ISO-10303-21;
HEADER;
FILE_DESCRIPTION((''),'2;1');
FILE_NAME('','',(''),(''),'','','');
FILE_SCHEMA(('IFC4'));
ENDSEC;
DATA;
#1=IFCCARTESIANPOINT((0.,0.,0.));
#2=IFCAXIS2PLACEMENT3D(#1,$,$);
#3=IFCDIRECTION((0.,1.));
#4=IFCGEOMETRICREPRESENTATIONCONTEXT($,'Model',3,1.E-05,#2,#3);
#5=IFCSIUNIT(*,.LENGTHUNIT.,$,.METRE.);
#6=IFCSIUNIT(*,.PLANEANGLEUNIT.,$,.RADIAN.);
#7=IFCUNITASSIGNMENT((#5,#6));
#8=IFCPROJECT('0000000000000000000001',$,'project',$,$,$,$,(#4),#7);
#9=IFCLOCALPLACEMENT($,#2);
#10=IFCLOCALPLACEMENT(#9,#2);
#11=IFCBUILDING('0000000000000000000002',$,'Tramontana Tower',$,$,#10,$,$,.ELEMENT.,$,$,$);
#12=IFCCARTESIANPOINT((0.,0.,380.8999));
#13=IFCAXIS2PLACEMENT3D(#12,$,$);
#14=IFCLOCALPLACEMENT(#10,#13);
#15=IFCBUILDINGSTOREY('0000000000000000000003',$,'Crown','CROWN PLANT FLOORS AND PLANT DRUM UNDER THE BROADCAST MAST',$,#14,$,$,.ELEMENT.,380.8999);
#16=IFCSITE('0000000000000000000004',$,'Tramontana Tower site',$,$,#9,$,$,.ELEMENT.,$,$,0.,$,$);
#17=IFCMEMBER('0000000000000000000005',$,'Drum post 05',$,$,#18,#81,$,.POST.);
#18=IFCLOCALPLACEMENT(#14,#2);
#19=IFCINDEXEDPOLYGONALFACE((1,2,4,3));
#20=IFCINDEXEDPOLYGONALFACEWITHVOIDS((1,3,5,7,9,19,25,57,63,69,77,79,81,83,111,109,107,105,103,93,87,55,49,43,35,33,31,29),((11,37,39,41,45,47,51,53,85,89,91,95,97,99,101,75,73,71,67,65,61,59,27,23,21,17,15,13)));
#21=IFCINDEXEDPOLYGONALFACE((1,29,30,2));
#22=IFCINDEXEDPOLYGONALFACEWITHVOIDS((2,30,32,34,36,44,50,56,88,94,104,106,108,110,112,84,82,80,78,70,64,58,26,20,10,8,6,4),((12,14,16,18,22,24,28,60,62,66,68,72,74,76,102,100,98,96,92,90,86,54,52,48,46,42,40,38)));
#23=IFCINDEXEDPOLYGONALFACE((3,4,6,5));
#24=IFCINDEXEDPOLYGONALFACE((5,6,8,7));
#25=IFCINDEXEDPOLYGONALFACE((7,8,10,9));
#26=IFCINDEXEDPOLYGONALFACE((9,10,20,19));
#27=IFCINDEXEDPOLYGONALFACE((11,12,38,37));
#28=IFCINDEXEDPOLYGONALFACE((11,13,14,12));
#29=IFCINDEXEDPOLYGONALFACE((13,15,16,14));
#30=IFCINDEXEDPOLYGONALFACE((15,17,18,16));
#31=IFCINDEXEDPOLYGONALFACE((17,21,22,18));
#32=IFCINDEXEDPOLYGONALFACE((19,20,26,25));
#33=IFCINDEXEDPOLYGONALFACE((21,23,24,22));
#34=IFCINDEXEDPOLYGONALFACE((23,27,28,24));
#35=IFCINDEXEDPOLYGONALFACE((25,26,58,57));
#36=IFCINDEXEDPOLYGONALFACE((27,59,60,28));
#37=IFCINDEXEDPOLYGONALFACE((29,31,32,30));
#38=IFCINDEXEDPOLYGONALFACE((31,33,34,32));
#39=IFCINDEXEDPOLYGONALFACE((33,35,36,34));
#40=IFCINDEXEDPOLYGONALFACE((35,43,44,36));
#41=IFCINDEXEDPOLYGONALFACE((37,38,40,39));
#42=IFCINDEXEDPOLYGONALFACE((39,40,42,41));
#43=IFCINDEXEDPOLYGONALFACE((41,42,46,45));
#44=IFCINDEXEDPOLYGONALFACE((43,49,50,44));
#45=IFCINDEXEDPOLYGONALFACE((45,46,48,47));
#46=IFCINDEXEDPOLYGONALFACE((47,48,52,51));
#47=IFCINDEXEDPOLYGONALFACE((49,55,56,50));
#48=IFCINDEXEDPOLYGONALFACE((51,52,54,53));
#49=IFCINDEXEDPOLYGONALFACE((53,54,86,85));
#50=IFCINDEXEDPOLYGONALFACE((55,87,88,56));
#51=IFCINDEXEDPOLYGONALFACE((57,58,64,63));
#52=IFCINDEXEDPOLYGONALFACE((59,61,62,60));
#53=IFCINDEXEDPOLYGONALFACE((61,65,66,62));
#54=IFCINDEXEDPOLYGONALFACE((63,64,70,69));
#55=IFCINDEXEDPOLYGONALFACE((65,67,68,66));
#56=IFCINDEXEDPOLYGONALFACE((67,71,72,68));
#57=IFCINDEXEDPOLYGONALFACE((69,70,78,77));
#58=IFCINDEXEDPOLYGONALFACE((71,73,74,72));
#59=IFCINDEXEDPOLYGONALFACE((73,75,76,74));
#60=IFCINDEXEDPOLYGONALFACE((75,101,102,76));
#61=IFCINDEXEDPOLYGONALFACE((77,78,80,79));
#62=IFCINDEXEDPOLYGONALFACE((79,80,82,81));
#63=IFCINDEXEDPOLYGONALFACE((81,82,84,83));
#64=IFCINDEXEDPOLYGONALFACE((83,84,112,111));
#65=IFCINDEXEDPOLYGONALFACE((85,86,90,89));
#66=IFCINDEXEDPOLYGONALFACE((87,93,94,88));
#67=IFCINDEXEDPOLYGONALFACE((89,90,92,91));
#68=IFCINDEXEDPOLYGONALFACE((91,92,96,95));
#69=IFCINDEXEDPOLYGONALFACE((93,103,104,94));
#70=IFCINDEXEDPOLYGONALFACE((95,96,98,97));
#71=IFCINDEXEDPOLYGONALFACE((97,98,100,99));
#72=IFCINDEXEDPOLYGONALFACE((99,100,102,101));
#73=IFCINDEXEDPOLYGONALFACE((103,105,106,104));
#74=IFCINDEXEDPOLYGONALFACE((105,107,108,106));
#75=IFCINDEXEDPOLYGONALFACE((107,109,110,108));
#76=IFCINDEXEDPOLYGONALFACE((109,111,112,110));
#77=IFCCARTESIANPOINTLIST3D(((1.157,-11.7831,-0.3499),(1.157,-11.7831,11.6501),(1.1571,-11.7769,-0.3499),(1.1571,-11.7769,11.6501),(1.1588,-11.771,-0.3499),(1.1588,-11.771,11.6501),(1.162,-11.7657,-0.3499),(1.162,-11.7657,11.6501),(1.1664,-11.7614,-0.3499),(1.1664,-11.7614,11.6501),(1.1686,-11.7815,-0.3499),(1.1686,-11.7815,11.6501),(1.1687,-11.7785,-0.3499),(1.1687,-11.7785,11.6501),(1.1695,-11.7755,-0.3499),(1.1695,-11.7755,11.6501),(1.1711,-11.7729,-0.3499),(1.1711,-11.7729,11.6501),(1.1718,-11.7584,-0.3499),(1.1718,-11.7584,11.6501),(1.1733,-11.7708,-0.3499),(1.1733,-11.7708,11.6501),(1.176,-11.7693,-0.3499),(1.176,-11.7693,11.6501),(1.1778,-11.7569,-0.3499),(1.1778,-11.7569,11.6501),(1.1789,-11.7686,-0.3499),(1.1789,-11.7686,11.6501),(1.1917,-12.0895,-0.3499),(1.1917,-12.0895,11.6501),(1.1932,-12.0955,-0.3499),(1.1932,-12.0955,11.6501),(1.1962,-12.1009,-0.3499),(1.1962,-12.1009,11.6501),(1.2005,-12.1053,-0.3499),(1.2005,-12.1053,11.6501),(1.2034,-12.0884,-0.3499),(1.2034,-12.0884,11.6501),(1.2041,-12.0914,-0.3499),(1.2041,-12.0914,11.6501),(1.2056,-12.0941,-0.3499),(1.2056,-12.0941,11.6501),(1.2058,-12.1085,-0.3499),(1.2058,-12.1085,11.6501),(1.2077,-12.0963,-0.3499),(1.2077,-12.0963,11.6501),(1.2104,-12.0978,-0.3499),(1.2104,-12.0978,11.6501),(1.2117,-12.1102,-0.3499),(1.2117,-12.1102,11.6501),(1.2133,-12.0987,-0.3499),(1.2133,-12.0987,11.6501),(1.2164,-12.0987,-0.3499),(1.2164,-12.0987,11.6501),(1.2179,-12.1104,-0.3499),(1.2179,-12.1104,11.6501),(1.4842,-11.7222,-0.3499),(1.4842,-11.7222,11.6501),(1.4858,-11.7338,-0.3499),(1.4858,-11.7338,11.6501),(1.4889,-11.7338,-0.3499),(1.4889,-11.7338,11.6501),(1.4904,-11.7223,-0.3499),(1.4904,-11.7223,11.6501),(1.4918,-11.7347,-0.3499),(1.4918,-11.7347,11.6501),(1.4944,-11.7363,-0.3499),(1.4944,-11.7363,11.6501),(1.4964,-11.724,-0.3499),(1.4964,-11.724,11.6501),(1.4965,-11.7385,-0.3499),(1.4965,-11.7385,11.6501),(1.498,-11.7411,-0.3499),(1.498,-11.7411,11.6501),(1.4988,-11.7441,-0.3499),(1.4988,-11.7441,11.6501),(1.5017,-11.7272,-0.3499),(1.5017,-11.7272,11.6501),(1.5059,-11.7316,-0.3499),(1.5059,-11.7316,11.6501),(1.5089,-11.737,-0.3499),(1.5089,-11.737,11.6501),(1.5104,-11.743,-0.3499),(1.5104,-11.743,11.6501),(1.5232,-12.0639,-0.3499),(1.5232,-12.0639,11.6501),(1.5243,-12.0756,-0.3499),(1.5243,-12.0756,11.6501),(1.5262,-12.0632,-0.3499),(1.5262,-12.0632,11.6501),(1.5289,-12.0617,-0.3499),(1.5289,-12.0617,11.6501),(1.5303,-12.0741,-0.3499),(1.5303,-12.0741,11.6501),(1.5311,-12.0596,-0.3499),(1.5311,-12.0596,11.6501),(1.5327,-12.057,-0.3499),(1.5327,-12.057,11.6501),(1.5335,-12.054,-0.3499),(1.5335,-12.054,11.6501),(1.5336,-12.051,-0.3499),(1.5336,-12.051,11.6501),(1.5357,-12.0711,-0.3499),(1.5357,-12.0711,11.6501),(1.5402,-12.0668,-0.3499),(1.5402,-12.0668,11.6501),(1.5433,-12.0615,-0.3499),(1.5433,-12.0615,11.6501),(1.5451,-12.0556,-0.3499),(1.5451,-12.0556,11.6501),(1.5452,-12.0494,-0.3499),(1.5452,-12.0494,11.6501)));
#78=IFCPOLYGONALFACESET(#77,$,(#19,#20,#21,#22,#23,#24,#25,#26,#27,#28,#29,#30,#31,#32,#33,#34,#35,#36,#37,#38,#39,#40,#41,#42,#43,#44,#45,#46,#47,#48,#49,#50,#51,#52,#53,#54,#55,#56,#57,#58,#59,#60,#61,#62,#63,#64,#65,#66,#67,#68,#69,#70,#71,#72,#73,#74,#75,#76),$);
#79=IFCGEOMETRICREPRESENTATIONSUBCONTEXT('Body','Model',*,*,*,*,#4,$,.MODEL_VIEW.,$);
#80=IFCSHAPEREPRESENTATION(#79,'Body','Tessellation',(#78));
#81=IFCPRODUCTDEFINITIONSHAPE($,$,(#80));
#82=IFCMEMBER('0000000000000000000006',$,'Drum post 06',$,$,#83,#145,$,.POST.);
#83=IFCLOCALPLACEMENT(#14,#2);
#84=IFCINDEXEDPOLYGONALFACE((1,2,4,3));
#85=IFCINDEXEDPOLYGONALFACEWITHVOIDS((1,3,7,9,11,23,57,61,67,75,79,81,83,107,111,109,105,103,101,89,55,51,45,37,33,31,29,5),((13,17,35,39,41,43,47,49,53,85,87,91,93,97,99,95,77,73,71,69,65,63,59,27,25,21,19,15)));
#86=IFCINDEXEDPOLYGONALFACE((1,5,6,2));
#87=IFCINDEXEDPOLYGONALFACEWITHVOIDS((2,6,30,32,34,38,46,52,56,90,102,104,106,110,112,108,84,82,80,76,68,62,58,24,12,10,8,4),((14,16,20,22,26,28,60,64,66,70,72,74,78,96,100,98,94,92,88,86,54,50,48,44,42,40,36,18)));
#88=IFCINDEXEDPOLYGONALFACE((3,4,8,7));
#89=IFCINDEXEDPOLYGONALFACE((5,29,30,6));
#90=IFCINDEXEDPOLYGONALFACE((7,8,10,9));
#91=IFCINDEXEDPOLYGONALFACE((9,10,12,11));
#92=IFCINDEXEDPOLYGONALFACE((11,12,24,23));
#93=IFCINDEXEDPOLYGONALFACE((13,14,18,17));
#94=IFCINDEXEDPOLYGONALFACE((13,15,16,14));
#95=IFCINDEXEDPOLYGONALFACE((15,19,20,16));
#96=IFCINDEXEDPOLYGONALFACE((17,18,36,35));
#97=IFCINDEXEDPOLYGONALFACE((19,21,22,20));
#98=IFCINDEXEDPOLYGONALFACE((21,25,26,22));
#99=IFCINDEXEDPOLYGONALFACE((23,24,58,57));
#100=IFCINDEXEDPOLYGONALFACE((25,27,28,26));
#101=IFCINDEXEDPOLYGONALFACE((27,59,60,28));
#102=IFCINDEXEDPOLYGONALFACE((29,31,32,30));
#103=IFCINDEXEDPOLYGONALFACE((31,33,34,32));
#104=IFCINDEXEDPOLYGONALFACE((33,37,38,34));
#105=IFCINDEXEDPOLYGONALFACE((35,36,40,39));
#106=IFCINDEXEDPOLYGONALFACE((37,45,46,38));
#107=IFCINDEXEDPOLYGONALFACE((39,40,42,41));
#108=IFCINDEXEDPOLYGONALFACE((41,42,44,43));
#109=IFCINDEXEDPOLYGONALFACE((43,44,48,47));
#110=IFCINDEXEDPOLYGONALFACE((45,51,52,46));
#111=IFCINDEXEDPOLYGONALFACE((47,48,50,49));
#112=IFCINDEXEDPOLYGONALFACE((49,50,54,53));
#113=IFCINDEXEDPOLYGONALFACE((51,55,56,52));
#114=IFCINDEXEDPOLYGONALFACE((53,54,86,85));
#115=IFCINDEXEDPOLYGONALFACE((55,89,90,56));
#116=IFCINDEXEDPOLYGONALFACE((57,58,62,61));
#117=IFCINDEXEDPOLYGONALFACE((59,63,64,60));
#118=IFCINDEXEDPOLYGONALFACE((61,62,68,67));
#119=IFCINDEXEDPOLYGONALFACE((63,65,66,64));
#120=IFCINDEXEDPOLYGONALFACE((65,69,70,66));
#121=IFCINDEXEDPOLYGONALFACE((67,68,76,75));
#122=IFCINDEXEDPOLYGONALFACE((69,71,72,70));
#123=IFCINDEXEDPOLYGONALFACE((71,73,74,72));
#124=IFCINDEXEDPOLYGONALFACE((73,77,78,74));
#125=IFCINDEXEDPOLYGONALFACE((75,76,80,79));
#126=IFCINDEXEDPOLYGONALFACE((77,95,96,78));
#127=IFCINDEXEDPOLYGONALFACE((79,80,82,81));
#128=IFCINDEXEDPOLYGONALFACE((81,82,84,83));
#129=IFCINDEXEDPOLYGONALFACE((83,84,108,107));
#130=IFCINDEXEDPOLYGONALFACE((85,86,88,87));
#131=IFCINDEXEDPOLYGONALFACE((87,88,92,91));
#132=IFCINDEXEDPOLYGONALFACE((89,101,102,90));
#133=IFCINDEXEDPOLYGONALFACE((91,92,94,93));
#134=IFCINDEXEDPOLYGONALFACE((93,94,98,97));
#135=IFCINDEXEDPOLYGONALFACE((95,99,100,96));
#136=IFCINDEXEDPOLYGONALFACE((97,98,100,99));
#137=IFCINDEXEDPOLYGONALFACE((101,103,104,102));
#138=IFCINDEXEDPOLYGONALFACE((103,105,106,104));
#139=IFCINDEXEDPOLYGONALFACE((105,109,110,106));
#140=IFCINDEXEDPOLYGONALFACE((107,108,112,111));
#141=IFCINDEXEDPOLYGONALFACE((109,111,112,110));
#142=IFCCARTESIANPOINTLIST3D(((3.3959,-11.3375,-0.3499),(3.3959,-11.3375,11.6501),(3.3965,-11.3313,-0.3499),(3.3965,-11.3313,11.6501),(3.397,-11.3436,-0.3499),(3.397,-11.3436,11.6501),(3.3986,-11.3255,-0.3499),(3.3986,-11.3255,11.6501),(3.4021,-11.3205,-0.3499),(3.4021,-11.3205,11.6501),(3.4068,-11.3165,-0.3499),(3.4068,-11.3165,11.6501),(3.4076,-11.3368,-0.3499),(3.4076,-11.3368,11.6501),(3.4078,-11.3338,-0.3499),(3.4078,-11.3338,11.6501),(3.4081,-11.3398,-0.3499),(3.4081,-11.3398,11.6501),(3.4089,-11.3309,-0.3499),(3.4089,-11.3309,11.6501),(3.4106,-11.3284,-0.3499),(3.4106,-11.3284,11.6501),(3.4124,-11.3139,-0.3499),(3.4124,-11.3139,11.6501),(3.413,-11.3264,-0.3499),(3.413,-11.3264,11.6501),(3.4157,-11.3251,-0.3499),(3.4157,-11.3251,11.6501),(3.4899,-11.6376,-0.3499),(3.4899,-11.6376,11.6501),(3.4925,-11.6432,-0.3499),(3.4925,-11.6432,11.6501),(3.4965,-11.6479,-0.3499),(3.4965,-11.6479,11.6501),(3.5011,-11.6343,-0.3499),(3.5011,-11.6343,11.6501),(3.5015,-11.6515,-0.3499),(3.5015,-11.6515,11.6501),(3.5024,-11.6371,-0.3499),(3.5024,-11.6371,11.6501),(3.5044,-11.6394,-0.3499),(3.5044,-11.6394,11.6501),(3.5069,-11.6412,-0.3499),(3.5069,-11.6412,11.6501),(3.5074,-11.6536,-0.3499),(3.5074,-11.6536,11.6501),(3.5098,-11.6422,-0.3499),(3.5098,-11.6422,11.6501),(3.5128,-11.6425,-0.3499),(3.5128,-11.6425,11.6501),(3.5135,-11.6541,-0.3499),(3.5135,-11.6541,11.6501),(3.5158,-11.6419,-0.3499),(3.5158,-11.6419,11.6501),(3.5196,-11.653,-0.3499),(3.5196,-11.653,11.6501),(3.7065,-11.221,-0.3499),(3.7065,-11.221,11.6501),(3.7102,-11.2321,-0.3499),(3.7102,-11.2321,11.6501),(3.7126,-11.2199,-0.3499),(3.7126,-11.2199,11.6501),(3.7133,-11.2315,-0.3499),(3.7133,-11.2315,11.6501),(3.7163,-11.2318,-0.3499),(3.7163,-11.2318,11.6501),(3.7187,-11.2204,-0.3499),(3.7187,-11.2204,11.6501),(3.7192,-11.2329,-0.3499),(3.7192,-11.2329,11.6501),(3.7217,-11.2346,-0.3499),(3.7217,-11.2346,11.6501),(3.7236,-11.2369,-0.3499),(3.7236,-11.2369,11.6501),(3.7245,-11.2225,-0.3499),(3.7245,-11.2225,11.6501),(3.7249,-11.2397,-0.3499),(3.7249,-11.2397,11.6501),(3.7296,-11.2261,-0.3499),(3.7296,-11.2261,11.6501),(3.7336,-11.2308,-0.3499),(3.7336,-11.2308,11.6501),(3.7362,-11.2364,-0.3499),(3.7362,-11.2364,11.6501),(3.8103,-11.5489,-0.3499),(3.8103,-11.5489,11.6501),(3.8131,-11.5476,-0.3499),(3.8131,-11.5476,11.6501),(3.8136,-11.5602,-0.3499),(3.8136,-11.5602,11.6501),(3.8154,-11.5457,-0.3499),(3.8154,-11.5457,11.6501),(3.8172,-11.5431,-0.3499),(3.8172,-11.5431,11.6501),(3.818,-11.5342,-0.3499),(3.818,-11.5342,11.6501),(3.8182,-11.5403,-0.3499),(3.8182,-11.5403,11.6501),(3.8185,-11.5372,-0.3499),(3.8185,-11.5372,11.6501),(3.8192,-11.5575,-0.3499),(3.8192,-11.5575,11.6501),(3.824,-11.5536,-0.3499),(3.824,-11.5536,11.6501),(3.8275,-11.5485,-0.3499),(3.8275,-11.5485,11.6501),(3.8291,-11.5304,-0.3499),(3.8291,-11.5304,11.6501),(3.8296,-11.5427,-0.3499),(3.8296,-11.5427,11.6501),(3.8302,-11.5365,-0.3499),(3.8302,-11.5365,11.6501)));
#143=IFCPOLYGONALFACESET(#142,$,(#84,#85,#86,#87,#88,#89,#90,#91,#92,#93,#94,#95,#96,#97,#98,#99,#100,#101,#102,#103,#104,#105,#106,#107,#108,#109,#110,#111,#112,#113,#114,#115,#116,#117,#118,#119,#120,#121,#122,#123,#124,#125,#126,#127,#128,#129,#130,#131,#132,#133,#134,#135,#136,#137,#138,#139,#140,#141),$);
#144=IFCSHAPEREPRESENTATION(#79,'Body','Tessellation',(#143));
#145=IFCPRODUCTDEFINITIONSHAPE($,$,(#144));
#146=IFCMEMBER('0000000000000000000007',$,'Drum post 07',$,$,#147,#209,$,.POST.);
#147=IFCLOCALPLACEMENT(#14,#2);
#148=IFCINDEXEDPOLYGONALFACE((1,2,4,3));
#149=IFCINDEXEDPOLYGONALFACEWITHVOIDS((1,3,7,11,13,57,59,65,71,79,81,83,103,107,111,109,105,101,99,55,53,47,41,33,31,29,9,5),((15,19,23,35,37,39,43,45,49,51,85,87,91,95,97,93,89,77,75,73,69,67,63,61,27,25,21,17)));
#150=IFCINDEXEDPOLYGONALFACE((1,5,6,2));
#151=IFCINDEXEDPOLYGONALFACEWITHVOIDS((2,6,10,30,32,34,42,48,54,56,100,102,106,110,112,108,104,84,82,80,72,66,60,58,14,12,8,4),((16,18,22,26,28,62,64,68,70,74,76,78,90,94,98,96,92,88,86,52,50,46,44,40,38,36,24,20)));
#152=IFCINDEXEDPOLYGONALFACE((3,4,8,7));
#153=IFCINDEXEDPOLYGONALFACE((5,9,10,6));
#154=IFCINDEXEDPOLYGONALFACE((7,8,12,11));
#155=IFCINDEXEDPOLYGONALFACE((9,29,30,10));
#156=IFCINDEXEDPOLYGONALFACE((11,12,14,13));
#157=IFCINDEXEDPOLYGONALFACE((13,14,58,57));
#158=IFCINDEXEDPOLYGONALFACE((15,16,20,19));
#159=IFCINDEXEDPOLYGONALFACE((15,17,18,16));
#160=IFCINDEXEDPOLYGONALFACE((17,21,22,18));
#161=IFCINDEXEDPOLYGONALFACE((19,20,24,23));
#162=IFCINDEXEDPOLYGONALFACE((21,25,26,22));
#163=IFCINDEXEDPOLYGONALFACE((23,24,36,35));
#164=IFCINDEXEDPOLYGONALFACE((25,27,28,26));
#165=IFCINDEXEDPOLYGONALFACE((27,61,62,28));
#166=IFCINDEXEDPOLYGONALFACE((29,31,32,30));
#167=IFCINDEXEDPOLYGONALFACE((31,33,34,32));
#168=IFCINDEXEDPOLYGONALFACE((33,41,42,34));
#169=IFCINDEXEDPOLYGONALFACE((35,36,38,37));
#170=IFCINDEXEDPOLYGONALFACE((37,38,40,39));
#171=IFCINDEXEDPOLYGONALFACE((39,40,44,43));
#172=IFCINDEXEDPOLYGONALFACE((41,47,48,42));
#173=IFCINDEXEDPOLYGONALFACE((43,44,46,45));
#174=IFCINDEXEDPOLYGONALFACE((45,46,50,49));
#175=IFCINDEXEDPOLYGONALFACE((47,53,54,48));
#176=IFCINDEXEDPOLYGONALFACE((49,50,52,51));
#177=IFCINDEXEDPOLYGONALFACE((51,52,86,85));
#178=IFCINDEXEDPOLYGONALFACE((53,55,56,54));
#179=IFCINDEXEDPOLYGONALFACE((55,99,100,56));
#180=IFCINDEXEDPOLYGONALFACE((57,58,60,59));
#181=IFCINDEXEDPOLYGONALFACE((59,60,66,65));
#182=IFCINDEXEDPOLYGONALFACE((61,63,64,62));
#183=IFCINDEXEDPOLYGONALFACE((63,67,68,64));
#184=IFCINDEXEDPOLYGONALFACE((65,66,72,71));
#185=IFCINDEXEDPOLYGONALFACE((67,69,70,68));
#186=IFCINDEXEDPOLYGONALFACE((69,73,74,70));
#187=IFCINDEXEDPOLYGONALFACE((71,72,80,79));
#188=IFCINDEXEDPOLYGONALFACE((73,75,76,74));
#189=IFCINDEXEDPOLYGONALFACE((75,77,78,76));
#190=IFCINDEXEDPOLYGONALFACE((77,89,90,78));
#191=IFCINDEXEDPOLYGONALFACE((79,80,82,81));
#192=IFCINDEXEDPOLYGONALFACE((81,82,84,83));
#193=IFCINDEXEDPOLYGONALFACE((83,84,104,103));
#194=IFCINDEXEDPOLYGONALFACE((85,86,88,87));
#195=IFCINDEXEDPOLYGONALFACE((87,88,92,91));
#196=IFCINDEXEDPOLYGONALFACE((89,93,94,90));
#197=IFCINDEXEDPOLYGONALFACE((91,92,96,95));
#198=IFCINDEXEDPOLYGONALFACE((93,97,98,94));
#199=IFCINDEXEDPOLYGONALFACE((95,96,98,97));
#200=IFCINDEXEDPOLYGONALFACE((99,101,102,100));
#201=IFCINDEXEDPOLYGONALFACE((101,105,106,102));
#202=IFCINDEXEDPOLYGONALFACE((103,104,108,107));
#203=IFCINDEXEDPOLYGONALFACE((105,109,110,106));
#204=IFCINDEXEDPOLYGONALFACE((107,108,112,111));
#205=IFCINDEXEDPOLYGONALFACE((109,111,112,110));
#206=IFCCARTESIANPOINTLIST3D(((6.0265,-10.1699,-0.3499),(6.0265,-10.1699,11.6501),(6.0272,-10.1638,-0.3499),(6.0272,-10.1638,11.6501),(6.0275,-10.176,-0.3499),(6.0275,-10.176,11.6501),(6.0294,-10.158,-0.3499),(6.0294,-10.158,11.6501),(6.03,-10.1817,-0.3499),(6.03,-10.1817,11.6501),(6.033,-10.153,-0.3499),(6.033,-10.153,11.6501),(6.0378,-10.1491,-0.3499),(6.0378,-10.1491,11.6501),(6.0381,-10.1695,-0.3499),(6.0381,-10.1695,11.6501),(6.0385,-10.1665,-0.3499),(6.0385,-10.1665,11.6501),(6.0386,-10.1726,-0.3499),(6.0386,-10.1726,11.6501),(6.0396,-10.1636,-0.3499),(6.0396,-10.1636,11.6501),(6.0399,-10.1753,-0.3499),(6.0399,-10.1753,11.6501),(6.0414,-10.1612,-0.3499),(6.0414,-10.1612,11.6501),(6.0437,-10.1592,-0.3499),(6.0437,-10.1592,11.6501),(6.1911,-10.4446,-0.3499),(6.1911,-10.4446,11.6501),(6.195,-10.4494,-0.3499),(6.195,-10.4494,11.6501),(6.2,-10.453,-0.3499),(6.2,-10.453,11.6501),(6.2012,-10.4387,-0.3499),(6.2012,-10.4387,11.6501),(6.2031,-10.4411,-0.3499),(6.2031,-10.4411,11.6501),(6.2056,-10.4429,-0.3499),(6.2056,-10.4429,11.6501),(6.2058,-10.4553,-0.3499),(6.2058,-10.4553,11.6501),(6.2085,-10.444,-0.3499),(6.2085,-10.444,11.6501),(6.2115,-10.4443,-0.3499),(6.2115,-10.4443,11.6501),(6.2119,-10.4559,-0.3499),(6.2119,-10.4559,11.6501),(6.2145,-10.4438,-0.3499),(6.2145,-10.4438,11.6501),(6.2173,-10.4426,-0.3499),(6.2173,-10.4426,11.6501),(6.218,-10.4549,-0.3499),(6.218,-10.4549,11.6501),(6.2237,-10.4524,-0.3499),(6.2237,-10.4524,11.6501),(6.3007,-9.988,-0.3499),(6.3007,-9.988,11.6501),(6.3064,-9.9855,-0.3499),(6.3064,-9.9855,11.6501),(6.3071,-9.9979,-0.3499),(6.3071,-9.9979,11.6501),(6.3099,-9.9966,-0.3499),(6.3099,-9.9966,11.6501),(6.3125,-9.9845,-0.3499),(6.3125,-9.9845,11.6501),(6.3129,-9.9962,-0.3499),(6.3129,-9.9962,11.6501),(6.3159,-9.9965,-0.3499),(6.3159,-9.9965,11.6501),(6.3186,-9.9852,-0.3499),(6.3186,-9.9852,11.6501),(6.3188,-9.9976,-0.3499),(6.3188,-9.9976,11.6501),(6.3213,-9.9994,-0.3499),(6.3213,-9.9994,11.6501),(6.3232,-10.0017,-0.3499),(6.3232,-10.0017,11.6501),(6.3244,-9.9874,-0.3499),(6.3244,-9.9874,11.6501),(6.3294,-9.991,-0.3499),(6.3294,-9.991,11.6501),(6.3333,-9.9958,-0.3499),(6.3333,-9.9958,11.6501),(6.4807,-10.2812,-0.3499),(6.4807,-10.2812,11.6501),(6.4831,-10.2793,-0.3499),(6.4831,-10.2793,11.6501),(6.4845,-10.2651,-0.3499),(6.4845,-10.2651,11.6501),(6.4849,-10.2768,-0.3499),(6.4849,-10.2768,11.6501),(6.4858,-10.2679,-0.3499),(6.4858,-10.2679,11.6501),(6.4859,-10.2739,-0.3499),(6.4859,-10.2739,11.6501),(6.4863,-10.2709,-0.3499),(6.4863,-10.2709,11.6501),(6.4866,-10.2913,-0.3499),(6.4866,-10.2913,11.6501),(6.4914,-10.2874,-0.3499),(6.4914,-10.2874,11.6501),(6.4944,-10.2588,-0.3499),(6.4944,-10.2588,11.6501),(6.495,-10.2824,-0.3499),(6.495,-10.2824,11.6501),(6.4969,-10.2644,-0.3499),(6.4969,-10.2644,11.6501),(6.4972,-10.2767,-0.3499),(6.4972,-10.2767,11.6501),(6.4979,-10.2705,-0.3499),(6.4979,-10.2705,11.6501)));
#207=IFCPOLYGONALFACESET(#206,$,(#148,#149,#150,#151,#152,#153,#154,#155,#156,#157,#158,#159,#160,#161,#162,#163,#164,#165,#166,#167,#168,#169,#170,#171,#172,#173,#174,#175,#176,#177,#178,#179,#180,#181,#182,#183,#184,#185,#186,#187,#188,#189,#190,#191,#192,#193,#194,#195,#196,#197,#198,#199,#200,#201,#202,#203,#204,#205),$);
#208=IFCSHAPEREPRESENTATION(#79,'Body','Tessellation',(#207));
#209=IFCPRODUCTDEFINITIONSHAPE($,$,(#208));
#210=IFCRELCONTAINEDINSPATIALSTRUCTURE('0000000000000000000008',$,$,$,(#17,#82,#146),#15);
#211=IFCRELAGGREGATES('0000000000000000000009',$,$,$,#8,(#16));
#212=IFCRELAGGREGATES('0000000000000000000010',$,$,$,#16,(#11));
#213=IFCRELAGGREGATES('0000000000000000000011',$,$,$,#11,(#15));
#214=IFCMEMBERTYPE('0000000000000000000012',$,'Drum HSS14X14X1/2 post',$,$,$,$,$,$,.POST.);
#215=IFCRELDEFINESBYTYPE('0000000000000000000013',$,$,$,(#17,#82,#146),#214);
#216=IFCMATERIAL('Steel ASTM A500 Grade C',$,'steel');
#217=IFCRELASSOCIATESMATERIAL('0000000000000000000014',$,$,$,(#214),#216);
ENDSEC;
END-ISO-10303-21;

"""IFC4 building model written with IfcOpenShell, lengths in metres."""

from ifc_helpers import new_model, si_unit, direction, frame, origin, origin_2d, place, context, subcontext, project, spatial, hollow_rectangle, extrude, material, material_profile, profile_set, type_object, element, save


model = new_model("IFC4")

# Units and contexts
model_context = context("Model", 3, precision=1e-05, world=origin(), true_north=direction((0.0, 1.0)))
body_context = subcontext(model_context, "Body", "Model", "MODEL_VIEW")
ifc_project = project(units=[si_unit("LENGTHUNIT", "METRE"), si_unit("PLANEANGLEUNIT", "RADIAN")], contexts=[model_context])

# Site, building, storey
site_placement = place(None, origin())
site = spatial("IfcSite", under=ifc_project, at=site_placement, Name="Tramontana Tower site", CompositionType="ELEMENT", RefElevation=0.0)
building_placement = place(site_placement, origin())
building = spatial("IfcBuilding", under=site, at=building_placement, Name="Tramontana Tower", CompositionType="ELEMENT")
storey_placement = place(building_placement, frame((0.0, 0.0, 380.8999)))
storey = spatial("IfcBuildingStorey", under=building, at=storey_placement, Name="Crown", Description="CROWN PLANT FLOORS AND PLANT DRUM UNDER THE BROADCAST MAST", CompositionType="ELEMENT", Elevation=380.8999)

# Members
ifc_material_1 = material(Name="Steel ASTM A500 Grade C", Category="steel")
ifc_material_profile_1 = material_profile(ifc_material_1, hollow_rectangle(XDim=0.3557, YDim=0.3557, WallThickness=0.0117, InnerFilletRadius=0.0117, OuterFilletRadius=0.0237, at=origin_2d()), Name="HSS14X14X1/2")
ifc_profile_set_1 = profile_set([ifc_material_profile_1], Name="Steel ASTM A500 Grade C")
member_type = type_object("IfcMemberType", Name="Drum HSS14X14X1/2 post", PredefinedType="POST", material=ifc_profile_set_1)
for number, where, z_axis, x_axis, name in (
    (1, (1.3511, -11.9163, -0.3499), (0.0, 0.0, 1.0), (0.112657, -0.993634, 0.0), "Drum post 05"),
    (2, (3.613, -11.437, -0.3499), (0.0, 0.0, 1.0), (0.30123, -0.953551, 0.0), "Drum post 06"),
    (3, (6.2622, -10.2202, -0.3499), (0.0, 0.0, 1.0), (0.522458, -0.852665, 0.0), "Drum post 07"),
):
    element("IfcMember", number, at=place(storey_placement, frame(where, z_axis=z_axis, x_axis=x_axis)), inside=storey, type_object=member_type, Name=name, PredefinedType="POST", context=body_context, shape_type="SweptSolid", body=[
        extrude(hollow_rectangle(XDim=0.3557, YDim=0.3557, WallThickness=0.0117, InnerFilletRadius=0.0117, OuterFilletRadius=0.0237, at=origin_2d()), origin(), (0.0, 0.0, 1.0), 12.0),
    ])

save(model, "model.ifc")
